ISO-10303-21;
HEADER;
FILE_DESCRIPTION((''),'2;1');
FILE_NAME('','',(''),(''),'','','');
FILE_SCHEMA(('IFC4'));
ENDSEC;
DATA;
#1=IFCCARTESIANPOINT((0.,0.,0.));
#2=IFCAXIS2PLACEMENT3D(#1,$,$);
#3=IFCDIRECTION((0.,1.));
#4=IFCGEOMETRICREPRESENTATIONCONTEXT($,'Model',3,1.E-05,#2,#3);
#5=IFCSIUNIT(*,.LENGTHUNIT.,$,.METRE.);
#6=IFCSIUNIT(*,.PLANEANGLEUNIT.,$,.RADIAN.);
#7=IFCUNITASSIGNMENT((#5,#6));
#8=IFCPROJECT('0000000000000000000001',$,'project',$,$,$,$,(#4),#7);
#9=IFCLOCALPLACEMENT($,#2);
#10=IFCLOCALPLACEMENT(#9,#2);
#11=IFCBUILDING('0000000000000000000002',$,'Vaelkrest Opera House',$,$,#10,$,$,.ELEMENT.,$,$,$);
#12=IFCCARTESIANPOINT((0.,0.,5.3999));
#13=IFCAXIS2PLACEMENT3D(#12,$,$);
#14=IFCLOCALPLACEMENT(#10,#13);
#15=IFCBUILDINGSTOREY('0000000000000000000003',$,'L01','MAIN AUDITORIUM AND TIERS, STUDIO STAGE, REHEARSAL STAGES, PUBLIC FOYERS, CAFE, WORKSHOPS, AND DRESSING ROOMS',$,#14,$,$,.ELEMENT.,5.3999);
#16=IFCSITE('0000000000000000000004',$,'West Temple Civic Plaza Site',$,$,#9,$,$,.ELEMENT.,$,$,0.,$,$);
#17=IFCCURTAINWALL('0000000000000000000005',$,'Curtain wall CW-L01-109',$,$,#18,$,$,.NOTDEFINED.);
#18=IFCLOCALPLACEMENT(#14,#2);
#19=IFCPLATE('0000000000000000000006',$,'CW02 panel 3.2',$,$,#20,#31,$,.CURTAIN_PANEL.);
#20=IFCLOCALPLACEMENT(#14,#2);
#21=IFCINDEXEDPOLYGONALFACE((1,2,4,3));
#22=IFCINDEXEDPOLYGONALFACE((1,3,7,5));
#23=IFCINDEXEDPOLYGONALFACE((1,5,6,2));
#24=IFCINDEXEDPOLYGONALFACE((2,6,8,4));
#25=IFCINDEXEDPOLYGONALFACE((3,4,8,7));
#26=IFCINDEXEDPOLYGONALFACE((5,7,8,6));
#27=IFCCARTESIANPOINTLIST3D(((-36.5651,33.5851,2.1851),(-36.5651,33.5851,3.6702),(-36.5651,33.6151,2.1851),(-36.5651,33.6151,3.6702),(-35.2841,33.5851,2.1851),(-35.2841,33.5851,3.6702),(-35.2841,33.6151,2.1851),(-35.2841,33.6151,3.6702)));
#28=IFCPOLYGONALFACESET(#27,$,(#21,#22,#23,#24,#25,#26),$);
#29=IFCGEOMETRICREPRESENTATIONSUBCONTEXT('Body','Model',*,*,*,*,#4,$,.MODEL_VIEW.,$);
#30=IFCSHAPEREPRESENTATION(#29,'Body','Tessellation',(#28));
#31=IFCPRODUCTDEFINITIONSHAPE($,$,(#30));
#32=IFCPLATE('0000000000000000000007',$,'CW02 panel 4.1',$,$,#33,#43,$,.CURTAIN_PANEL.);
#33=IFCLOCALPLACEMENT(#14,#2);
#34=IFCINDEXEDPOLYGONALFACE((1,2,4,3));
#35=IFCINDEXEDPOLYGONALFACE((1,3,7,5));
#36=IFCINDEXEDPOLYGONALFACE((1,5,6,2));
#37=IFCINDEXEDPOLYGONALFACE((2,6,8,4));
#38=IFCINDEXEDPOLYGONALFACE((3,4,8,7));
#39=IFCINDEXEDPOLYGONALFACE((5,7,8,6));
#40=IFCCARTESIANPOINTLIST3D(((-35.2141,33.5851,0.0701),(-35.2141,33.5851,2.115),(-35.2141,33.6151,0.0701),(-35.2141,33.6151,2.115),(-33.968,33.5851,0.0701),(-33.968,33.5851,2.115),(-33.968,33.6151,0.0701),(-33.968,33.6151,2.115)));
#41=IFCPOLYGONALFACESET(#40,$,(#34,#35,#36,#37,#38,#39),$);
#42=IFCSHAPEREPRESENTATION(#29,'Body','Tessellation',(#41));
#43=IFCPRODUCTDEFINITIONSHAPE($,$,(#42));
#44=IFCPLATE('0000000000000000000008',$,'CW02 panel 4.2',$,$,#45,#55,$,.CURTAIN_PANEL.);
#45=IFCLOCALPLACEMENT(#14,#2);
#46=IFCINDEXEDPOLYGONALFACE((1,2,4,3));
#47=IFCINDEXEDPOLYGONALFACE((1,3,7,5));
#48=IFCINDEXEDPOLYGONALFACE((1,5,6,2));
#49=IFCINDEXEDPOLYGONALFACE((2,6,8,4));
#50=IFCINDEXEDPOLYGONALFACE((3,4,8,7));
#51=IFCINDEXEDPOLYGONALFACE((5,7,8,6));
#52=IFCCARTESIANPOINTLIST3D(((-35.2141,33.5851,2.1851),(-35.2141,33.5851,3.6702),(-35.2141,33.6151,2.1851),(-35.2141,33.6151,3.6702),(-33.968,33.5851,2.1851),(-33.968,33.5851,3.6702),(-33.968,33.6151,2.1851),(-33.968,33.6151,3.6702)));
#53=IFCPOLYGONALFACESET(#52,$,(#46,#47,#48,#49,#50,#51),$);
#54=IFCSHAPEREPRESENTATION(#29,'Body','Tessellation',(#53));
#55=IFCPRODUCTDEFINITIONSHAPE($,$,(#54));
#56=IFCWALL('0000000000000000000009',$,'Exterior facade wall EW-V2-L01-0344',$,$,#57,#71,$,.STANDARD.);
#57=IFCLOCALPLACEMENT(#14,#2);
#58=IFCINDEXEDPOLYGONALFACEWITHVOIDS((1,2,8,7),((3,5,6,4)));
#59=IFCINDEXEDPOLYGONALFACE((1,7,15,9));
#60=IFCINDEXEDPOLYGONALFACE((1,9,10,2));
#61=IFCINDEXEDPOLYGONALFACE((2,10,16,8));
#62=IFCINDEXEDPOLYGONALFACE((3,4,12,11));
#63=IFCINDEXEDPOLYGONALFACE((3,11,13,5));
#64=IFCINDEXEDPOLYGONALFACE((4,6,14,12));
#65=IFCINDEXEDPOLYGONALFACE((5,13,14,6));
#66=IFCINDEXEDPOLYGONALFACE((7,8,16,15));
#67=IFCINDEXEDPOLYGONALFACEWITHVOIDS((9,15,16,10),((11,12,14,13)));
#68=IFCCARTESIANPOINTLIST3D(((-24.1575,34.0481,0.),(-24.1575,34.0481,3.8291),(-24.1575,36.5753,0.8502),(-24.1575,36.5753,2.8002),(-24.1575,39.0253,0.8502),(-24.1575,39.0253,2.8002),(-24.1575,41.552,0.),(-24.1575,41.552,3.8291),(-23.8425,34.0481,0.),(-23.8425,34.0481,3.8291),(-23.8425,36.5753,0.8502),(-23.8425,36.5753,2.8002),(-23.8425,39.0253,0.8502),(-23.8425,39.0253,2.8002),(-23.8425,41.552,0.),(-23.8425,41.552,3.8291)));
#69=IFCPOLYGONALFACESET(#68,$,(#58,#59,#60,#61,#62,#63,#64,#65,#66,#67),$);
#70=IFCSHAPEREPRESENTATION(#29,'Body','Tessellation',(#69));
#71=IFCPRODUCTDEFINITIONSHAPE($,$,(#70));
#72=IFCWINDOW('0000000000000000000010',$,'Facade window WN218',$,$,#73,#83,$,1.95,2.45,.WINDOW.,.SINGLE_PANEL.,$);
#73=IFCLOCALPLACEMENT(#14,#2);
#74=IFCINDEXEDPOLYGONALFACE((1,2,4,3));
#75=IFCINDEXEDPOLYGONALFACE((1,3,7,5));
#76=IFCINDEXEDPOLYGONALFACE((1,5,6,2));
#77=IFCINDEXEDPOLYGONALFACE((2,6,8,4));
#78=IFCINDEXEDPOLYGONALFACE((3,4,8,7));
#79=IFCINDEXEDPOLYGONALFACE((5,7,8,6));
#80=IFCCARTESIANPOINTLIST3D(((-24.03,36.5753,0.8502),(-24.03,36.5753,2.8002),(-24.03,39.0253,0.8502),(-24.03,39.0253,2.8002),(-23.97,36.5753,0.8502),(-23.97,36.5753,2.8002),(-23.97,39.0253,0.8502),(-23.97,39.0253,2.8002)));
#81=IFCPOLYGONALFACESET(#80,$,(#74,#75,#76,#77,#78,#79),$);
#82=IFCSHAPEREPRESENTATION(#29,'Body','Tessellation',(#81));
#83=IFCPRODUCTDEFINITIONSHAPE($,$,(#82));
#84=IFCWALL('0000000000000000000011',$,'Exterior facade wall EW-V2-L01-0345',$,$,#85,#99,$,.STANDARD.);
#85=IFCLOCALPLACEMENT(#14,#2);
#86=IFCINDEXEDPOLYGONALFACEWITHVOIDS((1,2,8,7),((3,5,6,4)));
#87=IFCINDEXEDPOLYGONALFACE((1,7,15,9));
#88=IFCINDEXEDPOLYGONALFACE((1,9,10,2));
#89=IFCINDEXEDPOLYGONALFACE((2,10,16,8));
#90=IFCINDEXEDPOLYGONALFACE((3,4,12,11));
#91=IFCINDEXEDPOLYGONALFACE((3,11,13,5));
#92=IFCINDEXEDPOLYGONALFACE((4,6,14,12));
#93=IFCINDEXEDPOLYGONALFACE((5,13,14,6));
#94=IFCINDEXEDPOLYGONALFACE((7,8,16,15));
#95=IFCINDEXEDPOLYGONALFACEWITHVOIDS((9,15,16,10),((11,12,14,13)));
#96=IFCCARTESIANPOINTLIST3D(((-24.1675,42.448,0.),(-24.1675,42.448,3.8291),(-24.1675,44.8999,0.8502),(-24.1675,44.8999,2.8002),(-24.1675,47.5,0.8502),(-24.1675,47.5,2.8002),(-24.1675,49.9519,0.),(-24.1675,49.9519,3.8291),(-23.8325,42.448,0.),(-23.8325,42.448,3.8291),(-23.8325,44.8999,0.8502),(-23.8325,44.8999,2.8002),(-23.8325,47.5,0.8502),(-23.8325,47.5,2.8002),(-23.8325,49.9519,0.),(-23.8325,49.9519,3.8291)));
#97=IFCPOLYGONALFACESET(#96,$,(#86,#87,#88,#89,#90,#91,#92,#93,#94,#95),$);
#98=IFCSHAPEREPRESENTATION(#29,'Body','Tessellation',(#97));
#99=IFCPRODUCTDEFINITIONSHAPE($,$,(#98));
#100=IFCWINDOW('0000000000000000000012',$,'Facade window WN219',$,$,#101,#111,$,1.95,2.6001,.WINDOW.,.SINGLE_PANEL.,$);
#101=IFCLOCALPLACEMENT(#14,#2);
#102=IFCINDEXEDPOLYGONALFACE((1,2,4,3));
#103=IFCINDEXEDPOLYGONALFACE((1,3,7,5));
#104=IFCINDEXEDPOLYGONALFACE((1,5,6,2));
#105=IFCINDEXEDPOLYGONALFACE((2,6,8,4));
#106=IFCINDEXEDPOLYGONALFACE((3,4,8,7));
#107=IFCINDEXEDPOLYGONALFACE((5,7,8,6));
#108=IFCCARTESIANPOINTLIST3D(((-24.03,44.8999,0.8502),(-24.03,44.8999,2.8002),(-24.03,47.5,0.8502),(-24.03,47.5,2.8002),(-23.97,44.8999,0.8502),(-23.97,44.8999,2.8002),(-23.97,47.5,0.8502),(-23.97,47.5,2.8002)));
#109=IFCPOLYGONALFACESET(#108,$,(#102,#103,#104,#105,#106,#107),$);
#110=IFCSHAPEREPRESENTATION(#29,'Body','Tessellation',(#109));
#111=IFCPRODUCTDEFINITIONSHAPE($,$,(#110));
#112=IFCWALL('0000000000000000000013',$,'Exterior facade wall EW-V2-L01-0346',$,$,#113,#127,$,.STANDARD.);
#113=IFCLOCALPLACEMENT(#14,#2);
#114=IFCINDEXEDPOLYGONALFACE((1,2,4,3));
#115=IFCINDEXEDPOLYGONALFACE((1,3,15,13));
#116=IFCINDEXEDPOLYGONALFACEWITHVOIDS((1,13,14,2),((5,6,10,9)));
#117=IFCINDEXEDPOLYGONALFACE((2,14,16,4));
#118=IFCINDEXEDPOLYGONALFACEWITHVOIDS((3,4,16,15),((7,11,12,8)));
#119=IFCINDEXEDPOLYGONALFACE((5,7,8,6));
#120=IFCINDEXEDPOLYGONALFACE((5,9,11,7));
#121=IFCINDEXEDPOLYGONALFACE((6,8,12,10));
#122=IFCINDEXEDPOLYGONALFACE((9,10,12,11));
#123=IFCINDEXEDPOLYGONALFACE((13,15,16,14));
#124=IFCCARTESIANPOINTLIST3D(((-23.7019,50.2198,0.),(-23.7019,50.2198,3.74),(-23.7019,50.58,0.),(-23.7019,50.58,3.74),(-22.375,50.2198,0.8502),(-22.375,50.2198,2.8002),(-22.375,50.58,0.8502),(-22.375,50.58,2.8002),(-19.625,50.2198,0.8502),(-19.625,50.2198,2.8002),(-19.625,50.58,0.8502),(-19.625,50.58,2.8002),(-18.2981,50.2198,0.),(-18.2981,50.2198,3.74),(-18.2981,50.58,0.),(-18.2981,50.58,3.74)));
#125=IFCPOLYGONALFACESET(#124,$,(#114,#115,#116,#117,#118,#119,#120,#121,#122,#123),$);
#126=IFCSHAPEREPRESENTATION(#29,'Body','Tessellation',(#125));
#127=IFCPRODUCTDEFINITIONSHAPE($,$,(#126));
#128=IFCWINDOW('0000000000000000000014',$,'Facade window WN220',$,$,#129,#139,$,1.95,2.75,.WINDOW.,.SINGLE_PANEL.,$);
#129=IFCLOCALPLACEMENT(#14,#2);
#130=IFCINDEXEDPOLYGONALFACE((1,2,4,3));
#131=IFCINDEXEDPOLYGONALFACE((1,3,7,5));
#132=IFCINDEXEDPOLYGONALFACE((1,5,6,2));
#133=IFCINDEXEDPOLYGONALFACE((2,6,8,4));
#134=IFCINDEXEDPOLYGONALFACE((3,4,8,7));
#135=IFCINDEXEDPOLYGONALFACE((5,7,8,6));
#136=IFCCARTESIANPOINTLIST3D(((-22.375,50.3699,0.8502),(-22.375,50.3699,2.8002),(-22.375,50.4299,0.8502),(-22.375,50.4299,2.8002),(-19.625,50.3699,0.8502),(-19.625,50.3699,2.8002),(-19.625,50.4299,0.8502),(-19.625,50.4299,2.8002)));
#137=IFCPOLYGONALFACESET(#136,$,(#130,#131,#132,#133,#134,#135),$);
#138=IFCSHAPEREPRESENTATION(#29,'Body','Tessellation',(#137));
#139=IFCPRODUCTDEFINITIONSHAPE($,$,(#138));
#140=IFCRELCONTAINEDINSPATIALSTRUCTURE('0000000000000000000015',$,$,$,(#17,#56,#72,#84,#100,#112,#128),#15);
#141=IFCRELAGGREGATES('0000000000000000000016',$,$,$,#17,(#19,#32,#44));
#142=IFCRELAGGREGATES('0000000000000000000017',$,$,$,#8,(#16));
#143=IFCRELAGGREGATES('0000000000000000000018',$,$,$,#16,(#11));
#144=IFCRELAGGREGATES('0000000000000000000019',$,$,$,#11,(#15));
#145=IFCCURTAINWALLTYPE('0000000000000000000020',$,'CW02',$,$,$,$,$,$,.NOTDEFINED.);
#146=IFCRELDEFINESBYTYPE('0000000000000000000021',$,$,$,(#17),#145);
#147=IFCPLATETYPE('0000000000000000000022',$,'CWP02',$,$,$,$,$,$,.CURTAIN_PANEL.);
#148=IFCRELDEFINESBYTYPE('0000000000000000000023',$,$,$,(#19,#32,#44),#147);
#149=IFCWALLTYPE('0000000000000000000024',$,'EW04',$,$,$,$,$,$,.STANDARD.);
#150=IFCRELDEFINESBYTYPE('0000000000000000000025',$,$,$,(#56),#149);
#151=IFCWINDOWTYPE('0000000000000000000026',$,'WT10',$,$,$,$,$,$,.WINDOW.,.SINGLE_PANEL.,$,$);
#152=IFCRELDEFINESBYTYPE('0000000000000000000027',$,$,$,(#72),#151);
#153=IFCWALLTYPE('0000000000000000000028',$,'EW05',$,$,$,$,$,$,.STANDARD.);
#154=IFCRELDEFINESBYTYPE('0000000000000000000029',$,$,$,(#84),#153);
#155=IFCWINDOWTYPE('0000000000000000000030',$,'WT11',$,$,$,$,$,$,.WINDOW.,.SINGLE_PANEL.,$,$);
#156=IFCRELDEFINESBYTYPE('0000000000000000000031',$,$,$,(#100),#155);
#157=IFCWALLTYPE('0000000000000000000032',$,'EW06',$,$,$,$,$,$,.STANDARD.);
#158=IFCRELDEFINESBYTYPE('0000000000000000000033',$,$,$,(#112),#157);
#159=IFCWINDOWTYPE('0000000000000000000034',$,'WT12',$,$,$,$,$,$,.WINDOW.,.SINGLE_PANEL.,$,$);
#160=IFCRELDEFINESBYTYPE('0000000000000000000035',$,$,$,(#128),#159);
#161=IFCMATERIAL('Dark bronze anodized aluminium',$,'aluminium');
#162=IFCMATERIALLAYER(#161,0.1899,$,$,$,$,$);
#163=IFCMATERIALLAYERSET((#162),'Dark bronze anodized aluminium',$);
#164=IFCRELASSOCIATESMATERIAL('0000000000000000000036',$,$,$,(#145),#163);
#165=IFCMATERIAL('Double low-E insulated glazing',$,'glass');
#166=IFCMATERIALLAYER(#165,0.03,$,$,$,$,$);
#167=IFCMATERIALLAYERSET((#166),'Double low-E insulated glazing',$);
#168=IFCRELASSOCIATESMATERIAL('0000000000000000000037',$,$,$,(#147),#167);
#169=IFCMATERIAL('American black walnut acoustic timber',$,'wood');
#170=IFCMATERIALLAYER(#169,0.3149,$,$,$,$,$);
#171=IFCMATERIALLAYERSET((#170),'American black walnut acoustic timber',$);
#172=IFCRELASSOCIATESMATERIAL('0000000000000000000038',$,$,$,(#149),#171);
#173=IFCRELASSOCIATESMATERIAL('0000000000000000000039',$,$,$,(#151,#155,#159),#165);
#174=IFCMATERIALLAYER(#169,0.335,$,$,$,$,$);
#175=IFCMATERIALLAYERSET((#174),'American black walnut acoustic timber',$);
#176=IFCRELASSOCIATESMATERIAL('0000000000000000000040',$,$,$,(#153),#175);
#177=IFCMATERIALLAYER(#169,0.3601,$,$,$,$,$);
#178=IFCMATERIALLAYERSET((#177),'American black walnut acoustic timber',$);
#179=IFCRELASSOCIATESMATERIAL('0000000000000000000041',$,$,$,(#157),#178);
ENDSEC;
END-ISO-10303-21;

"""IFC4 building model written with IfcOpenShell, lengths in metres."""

from ifc_helpers import new_model, si_unit, direction, frame, frame_2d, origin, origin_2d, place, context, subcontext, project, spatial, rectangle, extrude, material, layer, layer_set, type_object, element, fill, aggregate, save


model = new_model("IFC4")

# Units and contexts
model_context = context("Model", 3, precision=1e-05, world=origin(), true_north=direction((0.0, 1.0)))
body_context = subcontext(model_context, "Body", "Model", "MODEL_VIEW")
ifc_project = project(units=[si_unit("LENGTHUNIT", "METRE"), si_unit("PLANEANGLEUNIT", "RADIAN")], contexts=[model_context])

# Site, building, storey
site_placement = place(None, origin())
site = spatial("IfcSite", under=ifc_project, at=site_placement, Name="West Temple Civic Plaza Site", CompositionType="ELEMENT", RefElevation=0.0)
building_placement = place(site_placement, origin())
building = spatial("IfcBuilding", under=site, at=building_placement, Name="Vaelkrest Opera House", CompositionType="ELEMENT")
storey_placement = place(building_placement, frame((0.0, 0.0, 5.3999)))
storey = spatial("IfcBuildingStorey", under=building, at=storey_placement, Name="L01", Description="MAIN AUDITORIUM AND TIERS, STUDIO STAGE, REHEARSAL STAGES, PUBLIC FOYERS, CAFE, WORKSHOPS, AND DRESSING ROOMS", CompositionType="ELEMENT", Elevation=5.3999)

# Shared definitions
ifc_material_1 = material(Name="Dark bronze anodized aluminium", Category="aluminium")

# Curtain wall
ifc_layer_1 = layer(ifc_material_1, 0.1899)
ifc_layer_set_1 = layer_set([ifc_layer_1], Name="Dark bronze anodized aluminium")
curtain_wall_type_1 = type_object("IfcCurtainWallType", Name="CW02", PredefinedType="NOTDEFINED", material=ifc_layer_set_1)
curtain_wall_1_placement = place(storey_placement, origin())
curtain_wall_1 = element("IfcCurtainWall", 1, at=curtain_wall_1_placement, inside=storey, type_object=curtain_wall_type_1, Name="Curtain wall CW-L01-109", PredefinedType="NOTDEFINED")

# Plates
ifc_material_2 = material(Name="Double low-E insulated glazing", Category="glass")
ifc_layer_2 = layer(ifc_material_2, 0.03)
ifc_layer_set_2 = layer_set([ifc_layer_2], Name="Double low-E insulated glazing")
plate_type = type_object("IfcPlateType", Name="CWP02", PredefinedType="CURTAIN_PANEL", material=ifc_layer_set_2)
plate_1_placement = place(storey_placement, frame((-35.9246, 33.6001, 2.1851), z_axis=(0.0, 0.0, 1.0), x_axis=(1.0, 0.0, 0.0)))
plate_1 = element("IfcPlate", 2, at=plate_1_placement, type_object=plate_type, Name="CW02 panel 3.2", PredefinedType="CURTAIN_PANEL", context=body_context, shape_type="SweptSolid", body=[
    extrude(rectangle(XDim=1.281, YDim=0.03, at=origin_2d()), origin(), (0.0, 0.0, 1.0), 1.4851),
])
plate_2_placement = place(storey_placement, frame((-34.5911, 33.6001, 0.0701), z_axis=(0.0, 0.0, 1.0), x_axis=(1.0, 0.0, 0.0)))
plate_2 = element("IfcPlate", 3, at=plate_2_placement, type_object=plate_type, Name="CW02 panel 4.1", PredefinedType="CURTAIN_PANEL", context=body_context, shape_type="SweptSolid", body=[
    extrude(rectangle(XDim=1.2461, YDim=0.03, at=origin_2d()), origin(), (0.0, 0.0, 1.0), 2.0449),
])
plate_3_placement = place(storey_placement, frame((-34.5911, 33.6001, 2.1851), z_axis=(0.0, 0.0, 1.0), x_axis=(1.0, 0.0, 0.0)))
plate_3 = element("IfcPlate", 4, at=plate_3_placement, type_object=plate_type, Name="CW02 panel 4.2", PredefinedType="CURTAIN_PANEL", context=body_context, shape_type="SweptSolid", body=[
    extrude(rectangle(XDim=1.2461, YDim=0.03, at=origin_2d()), origin(), (0.0, 0.0, 1.0), 1.4851),
])
aggregate(curtain_wall_1, [plate_1, plate_2, plate_3])

# Walls, openings, windows
ifc_material_3 = material(Name="American black walnut acoustic timber", Category="wood")
ifc_layer_3 = layer(ifc_material_3, 0.3149)
ifc_layer_set_3 = layer_set([ifc_layer_3], Name="American black walnut acoustic timber")
wall_type_1 = type_object("IfcWallType", Name="EW04", PredefinedType="STANDARD", material=ifc_layer_set_3)
wall_1_placement = place(storey_placement, frame((-24.0, 34.0481, 0.0), z_axis=(0.0, 0.0, 1.0), x_axis=(0.0, 1.0, 0.0)))
wall_1 = element("IfcWall", 5, at=wall_1_placement, inside=storey, type_object=wall_type_1, Name="Exterior facade wall EW-V2-L01-0344", PredefinedType="STANDARD", context=body_context, shape_type="SweptSolid", body=[
    extrude(rectangle(XDim=7.5039, YDim=0.3149, at=frame_2d((3.752, 0.0))), origin(), (0.0, 0.0, 1.0), 3.8291),
])
opening_1_placement = place(wall_1_placement, frame((2.5271, 0.0, 0.8501)))
opening_1 = element("IfcOpeningElement", 6, at=opening_1_placement, cuts=wall_1, PredefinedType="OPENING", context=body_context, shape_type="SweptSolid", body=[
    extrude(rectangle(XDim=2.45, YDim=1.95, at=frame_2d((1.2251, 0.9751))), frame((0.0, 0.1675, 0.0), z_axis=(0.0, -1.0, 0.0), x_axis=(1.0, 0.0, 0.0)), (0.0, 0.0, 1.0), 0.335),
])
window_type_1 = type_object("IfcWindowType", Name="WT10", PartitioningType="SINGLE_PANEL", PredefinedType="WINDOW", material=ifc_material_2)
window_1_placement = place(opening_1_placement, origin())
window_1 = element("IfcWindow", 7, at=window_1_placement, inside=storey, type_object=window_type_1, Name="Facade window WN218", OverallHeight=1.95, OverallWidth=2.45, PartitioningType="SINGLE_PANEL", PredefinedType="WINDOW", context=body_context, shape_type="SweptSolid", body=[
    extrude(rectangle(XDim=2.45, YDim=1.95, at=frame_2d((1.2251, 0.9751))), frame((0.0, 0.03, 0.0), z_axis=(0.0, -1.0, 0.0), x_axis=(1.0, 0.0, 0.0)), (0.0, 0.0, 1.0), 0.0601),
])
fill(opening_1, window_1)
ifc_layer_4 = layer(ifc_material_3, 0.335)
ifc_layer_set_4 = layer_set([ifc_layer_4], Name="American black walnut acoustic timber")
wall_type_2 = type_object("IfcWallType", Name="EW05", PredefinedType="STANDARD", material=ifc_layer_set_4)
wall_2_placement = place(storey_placement, frame((-24.0, 42.448, 0.0), z_axis=(0.0, 0.0, 1.0), x_axis=(0.0, 1.0, 0.0)))
wall_2 = element("IfcWall", 8, at=wall_2_placement, inside=storey, type_object=wall_type_2, Name="Exterior facade wall EW-V2-L01-0345", PredefinedType="STANDARD", context=body_context, shape_type="SweptSolid", body=[
    extrude(rectangle(XDim=7.5039, YDim=0.335, at=frame_2d((3.752, 0.0))), origin(), (0.0, 0.0, 1.0), 3.8291),
])
opening_2_placement = place(wall_2_placement, frame((2.4519, 0.0, 0.8501)))
opening_2 = element("IfcOpeningElement", 9, at=opening_2_placement, cuts=wall_2, PredefinedType="OPENING", context=body_context, shape_type="SweptSolid", body=[
    extrude(rectangle(XDim=2.6001, YDim=1.95, at=frame_2d((1.3, 0.9751))), frame((0.0, 0.1775, 0.0), z_axis=(0.0, -1.0, 0.0), x_axis=(1.0, 0.0, 0.0)), (0.0, 0.0, 1.0), 0.355),
])
window_type_2 = type_object("IfcWindowType", Name="WT11", PartitioningType="SINGLE_PANEL", PredefinedType="WINDOW", material=ifc_material_2)
window_2_placement = place(opening_2_placement, origin())
window_2 = element("IfcWindow", 10, at=window_2_placement, inside=storey, type_object=window_type_2, Name="Facade window WN219", OverallHeight=1.95, OverallWidth=2.6001, PartitioningType="SINGLE_PANEL", PredefinedType="WINDOW", context=body_context, shape_type="SweptSolid", body=[
    extrude(rectangle(XDim=2.6001, YDim=1.95, at=frame_2d((1.3, 0.9751))), frame((0.0, 0.03, 0.0), z_axis=(0.0, -1.0, 0.0), x_axis=(1.0, 0.0, 0.0)), (0.0, 0.0, 1.0), 0.0601),
])
fill(opening_2, window_2)
ifc_layer_5 = layer(ifc_material_3, 0.3601)
ifc_layer_set_5 = layer_set([ifc_layer_5], Name="American black walnut acoustic timber")
wall_type_3 = type_object("IfcWallType", Name="EW06", PredefinedType="STANDARD", material=ifc_layer_set_5)
wall_3_placement = place(storey_placement, frame((-23.7019, 50.3999, 0.0), z_axis=(0.0, 0.0, 1.0), x_axis=(1.0, 0.0, 0.0)))
wall_3 = element("IfcWall", 11, at=wall_3_placement, inside=storey, type_object=wall_type_3, Name="Exterior facade wall EW-V2-L01-0346", PredefinedType="STANDARD", context=body_context, shape_type="SweptSolid", body=[
    extrude(rectangle(XDim=5.4038, YDim=0.3601, at=frame_2d((2.7019, 0.0))), origin(), (0.0, 0.0, 1.0), 3.74),
])
opening_3_placement = place(wall_3_placement, frame((1.3269, 0.0, 0.8501)))
opening_3 = element("IfcOpeningElement", 12, at=opening_3_placement, cuts=wall_3, PredefinedType="OPENING", context=body_context, shape_type="SweptSolid", body=[
    extrude(rectangle(XDim=2.75, YDim=1.95, at=frame_2d((1.375, 0.9751))), frame((0.0, 0.1899, 0.0), z_axis=(0.0, -1.0, 0.0), x_axis=(1.0, 0.0, 0.0)), (0.0, 0.0, 1.0), 0.3801),
])
window_type_3 = type_object("IfcWindowType", Name="WT12", PartitioningType="SINGLE_PANEL", PredefinedType="WINDOW", material=ifc_material_2)
window_3_placement = place(opening_3_placement, origin())
window_3 = element("IfcWindow", 13, at=window_3_placement, inside=storey, type_object=window_type_3, Name="Facade window WN220", OverallHeight=1.95, OverallWidth=2.75, PartitioningType="SINGLE_PANEL", PredefinedType="WINDOW", context=body_context, shape_type="SweptSolid", body=[
    extrude(rectangle(XDim=2.75, YDim=1.95, at=frame_2d((1.375, 0.9751))), frame((0.0, 0.03, 0.0), z_axis=(0.0, -1.0, 0.0), x_axis=(1.0, 0.0, 0.0)), (0.0, 0.0, 1.0), 0.0601),
])
fill(opening_3, window_3)

save(model, "model.ifc")
